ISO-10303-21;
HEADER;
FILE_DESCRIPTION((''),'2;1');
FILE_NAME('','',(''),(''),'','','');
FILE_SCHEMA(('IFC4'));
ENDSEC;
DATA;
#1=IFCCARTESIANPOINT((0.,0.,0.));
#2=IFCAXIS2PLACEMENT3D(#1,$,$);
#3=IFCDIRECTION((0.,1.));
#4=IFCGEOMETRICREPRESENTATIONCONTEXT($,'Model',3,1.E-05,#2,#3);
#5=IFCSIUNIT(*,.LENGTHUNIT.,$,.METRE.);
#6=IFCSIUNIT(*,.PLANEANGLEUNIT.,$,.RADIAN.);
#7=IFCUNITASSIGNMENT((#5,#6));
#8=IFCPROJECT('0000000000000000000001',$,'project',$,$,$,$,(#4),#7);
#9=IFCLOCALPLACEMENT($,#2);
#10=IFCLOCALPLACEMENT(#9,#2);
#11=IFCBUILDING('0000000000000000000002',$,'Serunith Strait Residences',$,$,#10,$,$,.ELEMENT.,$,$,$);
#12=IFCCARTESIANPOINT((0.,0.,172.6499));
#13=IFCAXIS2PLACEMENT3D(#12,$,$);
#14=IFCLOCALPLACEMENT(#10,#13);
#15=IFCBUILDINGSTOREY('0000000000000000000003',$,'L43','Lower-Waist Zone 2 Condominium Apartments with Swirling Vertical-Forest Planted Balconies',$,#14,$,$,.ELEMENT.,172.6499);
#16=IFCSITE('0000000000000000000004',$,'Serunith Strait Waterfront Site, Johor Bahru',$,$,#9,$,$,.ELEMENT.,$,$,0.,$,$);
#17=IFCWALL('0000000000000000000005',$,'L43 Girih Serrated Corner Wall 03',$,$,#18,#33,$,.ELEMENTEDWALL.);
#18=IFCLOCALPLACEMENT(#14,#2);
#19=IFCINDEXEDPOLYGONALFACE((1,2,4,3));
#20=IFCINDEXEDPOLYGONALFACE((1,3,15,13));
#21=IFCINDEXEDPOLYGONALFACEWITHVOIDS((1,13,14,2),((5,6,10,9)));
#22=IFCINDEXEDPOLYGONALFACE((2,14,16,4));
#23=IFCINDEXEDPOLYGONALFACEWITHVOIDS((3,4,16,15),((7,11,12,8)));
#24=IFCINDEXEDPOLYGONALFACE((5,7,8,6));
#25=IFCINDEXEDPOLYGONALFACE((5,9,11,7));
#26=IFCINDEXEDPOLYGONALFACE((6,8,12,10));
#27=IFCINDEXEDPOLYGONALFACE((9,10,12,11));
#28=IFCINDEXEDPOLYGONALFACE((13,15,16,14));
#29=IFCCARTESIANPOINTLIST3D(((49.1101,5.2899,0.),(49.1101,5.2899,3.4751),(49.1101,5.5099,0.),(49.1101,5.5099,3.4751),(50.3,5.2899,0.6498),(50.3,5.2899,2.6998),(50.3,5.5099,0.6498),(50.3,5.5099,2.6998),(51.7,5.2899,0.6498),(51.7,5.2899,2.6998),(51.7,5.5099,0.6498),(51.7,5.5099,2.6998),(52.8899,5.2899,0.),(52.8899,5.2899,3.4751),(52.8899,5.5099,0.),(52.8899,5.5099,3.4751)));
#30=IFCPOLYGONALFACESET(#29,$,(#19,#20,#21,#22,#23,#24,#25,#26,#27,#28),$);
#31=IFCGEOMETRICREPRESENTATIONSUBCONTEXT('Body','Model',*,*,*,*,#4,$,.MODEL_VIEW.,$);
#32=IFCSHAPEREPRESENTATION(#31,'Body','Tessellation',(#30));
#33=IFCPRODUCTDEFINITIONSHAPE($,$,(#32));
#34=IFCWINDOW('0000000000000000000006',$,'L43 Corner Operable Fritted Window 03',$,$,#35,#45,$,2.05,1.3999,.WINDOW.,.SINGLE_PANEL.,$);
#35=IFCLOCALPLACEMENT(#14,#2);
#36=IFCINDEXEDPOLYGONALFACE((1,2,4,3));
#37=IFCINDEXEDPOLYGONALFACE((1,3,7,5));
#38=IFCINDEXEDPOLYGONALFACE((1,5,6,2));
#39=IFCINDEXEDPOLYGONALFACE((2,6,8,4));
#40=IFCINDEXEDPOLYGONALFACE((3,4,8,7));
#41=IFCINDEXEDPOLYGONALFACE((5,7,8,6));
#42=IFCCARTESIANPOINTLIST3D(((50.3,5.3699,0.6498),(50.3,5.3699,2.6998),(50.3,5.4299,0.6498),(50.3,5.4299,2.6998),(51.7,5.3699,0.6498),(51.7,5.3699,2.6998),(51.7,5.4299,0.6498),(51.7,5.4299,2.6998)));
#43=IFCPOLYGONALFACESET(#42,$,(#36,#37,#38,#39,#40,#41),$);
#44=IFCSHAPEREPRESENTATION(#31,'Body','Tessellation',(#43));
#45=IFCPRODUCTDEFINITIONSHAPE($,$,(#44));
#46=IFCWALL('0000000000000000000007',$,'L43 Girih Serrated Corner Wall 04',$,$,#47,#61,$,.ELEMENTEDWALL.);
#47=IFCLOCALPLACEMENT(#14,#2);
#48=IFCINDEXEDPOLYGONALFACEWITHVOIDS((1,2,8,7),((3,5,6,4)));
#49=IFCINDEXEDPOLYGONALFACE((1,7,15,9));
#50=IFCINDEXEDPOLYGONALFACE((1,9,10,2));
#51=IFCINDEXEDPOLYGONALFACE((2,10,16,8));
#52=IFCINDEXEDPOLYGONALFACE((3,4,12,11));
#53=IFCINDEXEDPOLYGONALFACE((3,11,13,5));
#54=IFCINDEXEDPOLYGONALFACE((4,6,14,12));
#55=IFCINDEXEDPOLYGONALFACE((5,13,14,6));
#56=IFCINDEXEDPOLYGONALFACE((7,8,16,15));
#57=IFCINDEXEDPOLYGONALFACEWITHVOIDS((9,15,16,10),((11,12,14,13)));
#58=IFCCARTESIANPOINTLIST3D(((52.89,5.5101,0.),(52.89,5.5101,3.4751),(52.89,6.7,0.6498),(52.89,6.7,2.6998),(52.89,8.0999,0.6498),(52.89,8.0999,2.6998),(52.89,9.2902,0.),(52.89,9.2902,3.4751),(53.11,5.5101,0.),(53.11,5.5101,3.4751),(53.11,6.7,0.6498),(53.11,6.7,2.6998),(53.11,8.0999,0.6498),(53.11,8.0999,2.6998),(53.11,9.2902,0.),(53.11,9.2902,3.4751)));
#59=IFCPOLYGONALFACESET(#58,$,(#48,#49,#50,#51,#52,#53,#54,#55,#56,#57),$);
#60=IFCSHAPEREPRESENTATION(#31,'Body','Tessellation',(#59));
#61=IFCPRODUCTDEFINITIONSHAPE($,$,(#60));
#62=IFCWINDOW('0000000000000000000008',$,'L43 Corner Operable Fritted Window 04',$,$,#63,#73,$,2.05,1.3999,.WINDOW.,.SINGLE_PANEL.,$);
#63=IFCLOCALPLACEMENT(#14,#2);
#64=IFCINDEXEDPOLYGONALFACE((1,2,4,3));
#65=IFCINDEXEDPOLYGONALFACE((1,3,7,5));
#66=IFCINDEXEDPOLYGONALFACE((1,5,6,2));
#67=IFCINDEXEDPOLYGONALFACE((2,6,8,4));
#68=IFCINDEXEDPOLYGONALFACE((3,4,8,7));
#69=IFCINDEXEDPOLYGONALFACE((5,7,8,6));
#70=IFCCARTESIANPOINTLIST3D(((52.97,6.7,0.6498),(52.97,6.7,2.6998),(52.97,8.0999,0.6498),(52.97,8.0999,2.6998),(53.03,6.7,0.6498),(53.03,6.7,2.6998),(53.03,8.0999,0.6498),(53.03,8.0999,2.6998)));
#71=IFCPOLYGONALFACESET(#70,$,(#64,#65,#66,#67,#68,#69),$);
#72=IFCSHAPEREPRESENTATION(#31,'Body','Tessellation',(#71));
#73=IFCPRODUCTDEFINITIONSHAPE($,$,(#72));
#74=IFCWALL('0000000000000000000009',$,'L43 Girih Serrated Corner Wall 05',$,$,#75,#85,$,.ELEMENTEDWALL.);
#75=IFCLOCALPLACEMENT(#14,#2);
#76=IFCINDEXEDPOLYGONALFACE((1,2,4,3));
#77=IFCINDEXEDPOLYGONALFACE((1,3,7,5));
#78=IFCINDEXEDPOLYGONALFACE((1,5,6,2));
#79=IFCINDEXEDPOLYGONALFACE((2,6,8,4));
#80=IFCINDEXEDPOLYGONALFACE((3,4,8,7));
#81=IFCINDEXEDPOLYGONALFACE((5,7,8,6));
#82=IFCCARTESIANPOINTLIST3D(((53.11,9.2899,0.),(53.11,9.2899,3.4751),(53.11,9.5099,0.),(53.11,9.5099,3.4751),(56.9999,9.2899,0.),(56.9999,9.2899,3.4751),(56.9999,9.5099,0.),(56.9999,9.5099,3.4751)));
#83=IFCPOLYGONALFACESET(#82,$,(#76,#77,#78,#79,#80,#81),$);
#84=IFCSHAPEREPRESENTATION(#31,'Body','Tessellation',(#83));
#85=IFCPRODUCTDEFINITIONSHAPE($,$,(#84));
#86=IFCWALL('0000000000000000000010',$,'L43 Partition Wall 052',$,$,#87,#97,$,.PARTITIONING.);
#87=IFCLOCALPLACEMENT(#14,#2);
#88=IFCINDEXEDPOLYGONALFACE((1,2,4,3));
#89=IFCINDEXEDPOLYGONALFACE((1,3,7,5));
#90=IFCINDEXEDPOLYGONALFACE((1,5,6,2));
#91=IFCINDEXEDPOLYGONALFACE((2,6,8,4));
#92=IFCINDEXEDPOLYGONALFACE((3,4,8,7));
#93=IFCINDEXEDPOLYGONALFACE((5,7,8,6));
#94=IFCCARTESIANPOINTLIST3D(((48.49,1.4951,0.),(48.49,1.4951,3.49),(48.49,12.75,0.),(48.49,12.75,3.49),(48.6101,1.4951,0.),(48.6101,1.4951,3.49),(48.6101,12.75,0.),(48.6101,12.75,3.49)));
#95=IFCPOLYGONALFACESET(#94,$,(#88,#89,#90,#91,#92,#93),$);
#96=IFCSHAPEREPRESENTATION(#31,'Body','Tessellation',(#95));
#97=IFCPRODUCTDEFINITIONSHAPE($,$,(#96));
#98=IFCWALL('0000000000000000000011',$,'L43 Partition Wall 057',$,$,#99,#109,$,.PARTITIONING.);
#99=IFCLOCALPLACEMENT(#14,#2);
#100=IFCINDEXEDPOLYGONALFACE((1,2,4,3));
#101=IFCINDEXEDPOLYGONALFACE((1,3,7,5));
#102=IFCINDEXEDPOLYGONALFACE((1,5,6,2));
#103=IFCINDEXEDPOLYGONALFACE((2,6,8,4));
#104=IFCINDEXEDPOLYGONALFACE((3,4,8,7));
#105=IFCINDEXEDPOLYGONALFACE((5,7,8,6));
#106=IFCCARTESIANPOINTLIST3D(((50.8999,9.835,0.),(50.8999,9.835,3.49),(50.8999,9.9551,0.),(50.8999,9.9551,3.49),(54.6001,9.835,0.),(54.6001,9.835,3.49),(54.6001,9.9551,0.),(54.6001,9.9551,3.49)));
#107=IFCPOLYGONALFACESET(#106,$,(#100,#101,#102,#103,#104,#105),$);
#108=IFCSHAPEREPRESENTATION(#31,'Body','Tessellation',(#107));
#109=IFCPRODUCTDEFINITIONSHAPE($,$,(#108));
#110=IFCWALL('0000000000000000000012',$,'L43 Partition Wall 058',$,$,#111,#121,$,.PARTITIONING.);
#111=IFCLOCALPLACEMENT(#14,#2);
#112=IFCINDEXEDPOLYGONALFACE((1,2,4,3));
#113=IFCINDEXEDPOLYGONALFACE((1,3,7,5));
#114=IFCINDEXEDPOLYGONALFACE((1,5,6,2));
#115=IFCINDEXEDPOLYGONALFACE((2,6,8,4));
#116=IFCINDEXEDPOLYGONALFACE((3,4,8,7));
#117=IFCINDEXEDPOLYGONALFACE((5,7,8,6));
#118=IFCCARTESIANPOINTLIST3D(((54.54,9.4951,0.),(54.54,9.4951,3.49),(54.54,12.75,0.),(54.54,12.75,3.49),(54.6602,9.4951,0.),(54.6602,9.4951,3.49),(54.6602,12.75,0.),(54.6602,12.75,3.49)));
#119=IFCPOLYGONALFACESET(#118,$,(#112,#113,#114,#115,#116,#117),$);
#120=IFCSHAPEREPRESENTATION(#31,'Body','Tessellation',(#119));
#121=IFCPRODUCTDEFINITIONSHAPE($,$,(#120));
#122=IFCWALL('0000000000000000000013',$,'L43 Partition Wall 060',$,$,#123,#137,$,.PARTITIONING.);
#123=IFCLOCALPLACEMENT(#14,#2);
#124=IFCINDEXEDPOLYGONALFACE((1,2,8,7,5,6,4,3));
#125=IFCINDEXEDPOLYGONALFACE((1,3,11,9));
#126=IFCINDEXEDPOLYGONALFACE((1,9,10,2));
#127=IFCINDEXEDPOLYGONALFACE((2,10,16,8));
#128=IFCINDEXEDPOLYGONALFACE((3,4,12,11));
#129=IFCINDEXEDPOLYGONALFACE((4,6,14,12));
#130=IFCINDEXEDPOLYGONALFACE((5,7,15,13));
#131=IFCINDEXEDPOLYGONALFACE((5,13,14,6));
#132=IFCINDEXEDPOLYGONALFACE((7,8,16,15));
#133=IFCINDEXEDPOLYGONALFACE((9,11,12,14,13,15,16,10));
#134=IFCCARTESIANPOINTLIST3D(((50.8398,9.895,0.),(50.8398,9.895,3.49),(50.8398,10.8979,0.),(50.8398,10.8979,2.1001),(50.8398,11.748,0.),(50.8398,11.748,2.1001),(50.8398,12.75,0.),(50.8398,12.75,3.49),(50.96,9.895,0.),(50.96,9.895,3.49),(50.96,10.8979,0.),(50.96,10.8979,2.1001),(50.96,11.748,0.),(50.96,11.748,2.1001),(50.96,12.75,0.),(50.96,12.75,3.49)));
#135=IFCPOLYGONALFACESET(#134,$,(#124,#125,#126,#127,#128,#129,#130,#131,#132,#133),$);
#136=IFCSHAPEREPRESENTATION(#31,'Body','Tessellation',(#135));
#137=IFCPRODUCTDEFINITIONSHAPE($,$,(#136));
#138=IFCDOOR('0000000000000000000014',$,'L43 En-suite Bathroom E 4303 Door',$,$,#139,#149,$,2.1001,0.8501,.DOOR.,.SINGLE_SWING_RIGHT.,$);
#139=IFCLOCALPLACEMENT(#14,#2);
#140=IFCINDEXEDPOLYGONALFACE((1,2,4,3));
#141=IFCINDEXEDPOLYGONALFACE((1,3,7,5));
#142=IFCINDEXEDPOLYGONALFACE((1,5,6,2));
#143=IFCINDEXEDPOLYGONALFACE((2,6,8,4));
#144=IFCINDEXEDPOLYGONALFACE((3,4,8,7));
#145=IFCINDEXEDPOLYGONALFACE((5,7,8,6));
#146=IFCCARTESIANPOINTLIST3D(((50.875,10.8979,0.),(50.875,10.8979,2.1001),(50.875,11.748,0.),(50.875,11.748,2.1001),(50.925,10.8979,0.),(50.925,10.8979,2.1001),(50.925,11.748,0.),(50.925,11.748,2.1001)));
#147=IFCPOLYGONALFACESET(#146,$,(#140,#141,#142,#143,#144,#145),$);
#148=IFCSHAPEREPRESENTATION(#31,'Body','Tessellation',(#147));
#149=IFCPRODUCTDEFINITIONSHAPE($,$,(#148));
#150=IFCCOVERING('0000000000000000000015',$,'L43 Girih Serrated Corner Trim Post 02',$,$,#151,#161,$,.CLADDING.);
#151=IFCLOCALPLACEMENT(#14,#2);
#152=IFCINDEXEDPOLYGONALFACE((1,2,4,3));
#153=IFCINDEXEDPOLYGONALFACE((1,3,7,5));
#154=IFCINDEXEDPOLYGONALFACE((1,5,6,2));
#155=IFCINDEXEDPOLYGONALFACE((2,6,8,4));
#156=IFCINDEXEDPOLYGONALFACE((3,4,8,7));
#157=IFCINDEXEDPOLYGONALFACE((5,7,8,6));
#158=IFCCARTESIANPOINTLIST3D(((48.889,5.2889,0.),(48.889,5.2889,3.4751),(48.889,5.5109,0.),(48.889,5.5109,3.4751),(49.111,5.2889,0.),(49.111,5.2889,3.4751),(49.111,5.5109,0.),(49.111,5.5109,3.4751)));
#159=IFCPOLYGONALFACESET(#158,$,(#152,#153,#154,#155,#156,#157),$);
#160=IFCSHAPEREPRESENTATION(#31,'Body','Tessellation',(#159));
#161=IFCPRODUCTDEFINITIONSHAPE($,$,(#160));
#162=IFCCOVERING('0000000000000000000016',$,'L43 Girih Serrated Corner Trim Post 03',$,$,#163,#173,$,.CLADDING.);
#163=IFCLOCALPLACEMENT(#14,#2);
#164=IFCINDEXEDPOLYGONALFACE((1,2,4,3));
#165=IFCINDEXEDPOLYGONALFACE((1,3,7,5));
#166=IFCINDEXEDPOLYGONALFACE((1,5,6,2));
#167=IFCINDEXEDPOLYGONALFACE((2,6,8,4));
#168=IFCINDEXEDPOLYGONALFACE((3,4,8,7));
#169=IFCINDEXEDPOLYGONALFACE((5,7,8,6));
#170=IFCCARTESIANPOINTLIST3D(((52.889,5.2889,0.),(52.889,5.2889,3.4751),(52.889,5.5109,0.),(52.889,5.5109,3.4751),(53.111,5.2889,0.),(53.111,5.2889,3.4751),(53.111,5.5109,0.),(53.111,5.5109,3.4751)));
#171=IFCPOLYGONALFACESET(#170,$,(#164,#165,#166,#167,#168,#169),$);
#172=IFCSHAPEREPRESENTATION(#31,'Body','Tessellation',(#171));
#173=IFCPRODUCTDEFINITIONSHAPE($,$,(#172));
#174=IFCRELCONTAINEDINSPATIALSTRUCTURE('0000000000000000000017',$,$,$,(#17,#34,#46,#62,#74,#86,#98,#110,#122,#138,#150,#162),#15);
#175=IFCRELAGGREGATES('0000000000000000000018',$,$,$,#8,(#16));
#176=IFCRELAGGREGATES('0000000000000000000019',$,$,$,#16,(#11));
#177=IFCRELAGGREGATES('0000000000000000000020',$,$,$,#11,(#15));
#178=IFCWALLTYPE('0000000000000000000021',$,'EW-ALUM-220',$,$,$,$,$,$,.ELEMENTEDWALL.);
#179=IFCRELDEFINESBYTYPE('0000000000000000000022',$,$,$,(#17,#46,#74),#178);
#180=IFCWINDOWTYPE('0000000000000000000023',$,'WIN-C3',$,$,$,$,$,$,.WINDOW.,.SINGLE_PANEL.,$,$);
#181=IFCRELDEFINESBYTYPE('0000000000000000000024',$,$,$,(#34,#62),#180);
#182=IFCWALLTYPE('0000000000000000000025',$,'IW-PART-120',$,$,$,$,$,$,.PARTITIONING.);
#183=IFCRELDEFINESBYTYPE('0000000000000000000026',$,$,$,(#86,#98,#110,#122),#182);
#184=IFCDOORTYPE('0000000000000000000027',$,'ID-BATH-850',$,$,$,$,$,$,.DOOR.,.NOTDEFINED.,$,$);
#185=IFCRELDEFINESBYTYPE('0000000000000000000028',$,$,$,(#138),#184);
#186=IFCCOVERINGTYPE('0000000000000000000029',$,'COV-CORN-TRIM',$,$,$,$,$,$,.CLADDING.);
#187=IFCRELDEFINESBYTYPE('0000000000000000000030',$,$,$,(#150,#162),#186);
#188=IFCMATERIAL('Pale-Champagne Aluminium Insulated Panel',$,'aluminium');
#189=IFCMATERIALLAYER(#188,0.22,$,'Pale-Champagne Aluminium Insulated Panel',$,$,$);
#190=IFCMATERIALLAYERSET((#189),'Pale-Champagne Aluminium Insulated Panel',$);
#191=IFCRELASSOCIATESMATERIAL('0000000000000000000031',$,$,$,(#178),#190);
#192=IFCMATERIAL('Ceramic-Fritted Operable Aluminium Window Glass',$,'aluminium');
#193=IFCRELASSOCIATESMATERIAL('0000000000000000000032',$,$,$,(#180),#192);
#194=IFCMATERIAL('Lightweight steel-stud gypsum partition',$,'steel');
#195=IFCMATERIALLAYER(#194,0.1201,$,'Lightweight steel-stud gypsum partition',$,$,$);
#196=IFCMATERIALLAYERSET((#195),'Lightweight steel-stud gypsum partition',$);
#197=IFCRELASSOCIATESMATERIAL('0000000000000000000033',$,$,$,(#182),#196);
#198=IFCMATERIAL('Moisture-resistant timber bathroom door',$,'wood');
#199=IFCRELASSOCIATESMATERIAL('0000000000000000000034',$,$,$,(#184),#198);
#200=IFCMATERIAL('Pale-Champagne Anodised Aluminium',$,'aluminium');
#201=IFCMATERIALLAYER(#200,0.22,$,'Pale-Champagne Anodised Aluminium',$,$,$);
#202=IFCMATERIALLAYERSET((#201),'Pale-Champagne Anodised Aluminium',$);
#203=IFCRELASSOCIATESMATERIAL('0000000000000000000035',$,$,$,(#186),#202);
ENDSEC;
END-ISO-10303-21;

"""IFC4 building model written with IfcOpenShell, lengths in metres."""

from ifc_helpers import new_model, si_unit, direction, frame, frame_2d, origin, origin_2d, place, context, subcontext, project, spatial, rectangle, extrude, source, transform, mapped, material, layer, layer_set, type_object, element, fill, save


model = new_model("IFC4")

# Units and contexts
model_context = context("Model", 3, precision=1e-05, world=origin(), true_north=direction((0.0, 1.0)))
body_context = subcontext(model_context, "Body", "Model", "MODEL_VIEW")
ifc_project = project(units=[si_unit("LENGTHUNIT", "METRE"), si_unit("PLANEANGLEUNIT", "RADIAN")], contexts=[model_context])

# Site, building, storey
site_placement = place(None, origin())
site = spatial("IfcSite", under=ifc_project, at=site_placement, Name="Serunith Strait Waterfront Site, Johor Bahru", CompositionType="ELEMENT", RefElevation=0.0)
building_placement = place(site_placement, origin())
building = spatial("IfcBuilding", under=site, at=building_placement, Name="Serunith Strait Residences", CompositionType="ELEMENT")
storey_placement = place(building_placement, frame((0.0, 0.0, 172.6499)))
storey = spatial("IfcBuildingStorey", under=building, at=storey_placement, Name="L43", Description="Lower-Waist Zone 2 Condominium Apartments with Swirling Vertical-Forest Planted Balconies", CompositionType="ELEMENT", Elevation=172.6499)

# Shared definitions
ifc_material_1 = material(Name="Pale-Champagne Anodised Aluminium", Category="aluminium")

# Walls, openings, windows
ifc_material_2 = material(Name="Pale-Champagne Aluminium Insulated Panel", Category="aluminium")
ifc_layer_1 = layer(ifc_material_2, 0.22, Name="Pale-Champagne Aluminium Insulated Panel")
ifc_layer_set_1 = layer_set([ifc_layer_1], Name="Pale-Champagne Aluminium Insulated Panel")
wall_type_1 = type_object("IfcWallType", Name="EW-ALUM-220", PredefinedType="ELEMENTEDWALL", material=ifc_layer_set_1)
ifc_material_3 = material(Name="Ceramic-Fritted Operable Aluminium Window Glass", Category="aluminium")
window_type = type_object("IfcWindowType", Name="WIN-C3", PartitioningType="SINGLE_PANEL", PredefinedType="WINDOW", material=ifc_material_3)
shared_shape_1 = source(origin(), body_context, "Body", "SweptSolid", [
    extrude(rectangle(XDim=1.3999, YDim=2.05, at=frame_2d((0.7, 1.0249))), frame((0.0, 0.03, 0.0), z_axis=(0.0, -1.0, 0.0), x_axis=(1.0, 0.0, 0.0)), (0.0, 0.0, 1.0), 0.0601),
])
wall_1_placement = place(storey_placement, frame((49.1101, 5.3999, 0.0), z_axis=(0.0, 0.0, 1.0), x_axis=(1.0, 0.0, 0.0)))
wall_1 = element("IfcWall", 1, at=wall_1_placement, inside=storey, type_object=wall_type_1, Name="L43 Girih Serrated Corner Wall 03", PredefinedType="ELEMENTEDWALL", context=body_context, shape_type="SweptSolid", body=[
    extrude(rectangle(XDim=3.7798, YDim=0.22, at=frame_2d((1.8899, 0.0))), origin(), (0.0, 0.0, 1.0), 3.4751),
])
opening_1_placement = place(wall_1_placement, frame((1.1899, 0.0, 0.6499)))
opening_1 = element("IfcOpeningElement", 2, at=opening_1_placement, cuts=wall_1, PredefinedType="OPENING", context=body_context, shape_type="SweptSolid", body=[
    extrude(rectangle(XDim=1.3999, YDim=2.05, at=frame_2d((0.7, 1.0249))), frame((0.0, 0.1201, 0.0), z_axis=(0.0, -1.0, 0.0), x_axis=(1.0, 0.0, 0.0)), (0.0, 0.0, 1.0), 0.24),
])
window_1_placement = place(opening_1_placement, origin())
window_1 = element("IfcWindow", 3, at=window_1_placement, inside=storey, type_object=window_type, Name="L43 Corner Operable Fritted Window 03", OverallHeight=2.05, OverallWidth=1.3999, PartitioningType="SINGLE_PANEL", PredefinedType="WINDOW", context=body_context, shape_type="MappedRepresentation", body=[
    mapped(shared_shape_1, transform((0.0, 0.0, 0.0), scale=1.0)),
])
fill(opening_1, window_1)
wall_2_placement = place(storey_placement, frame((53.0, 5.51, 0.0), z_axis=(0.0, 0.0, 1.0), x_axis=(0.0, 1.0, 0.0)))
wall_2 = element("IfcWall", 4, at=wall_2_placement, inside=storey, type_object=wall_type_1, Name="L43 Girih Serrated Corner Wall 04", PredefinedType="ELEMENTEDWALL", context=body_context, shape_type="SweptSolid", body=[
    extrude(rectangle(XDim=3.78, YDim=0.22, at=frame_2d((1.8901, 0.0))), origin(), (0.0, 0.0, 1.0), 3.4751),
])
opening_2_placement = place(wall_2_placement, frame((1.1899, 0.0, 0.6499)))
opening_2 = element("IfcOpeningElement", 5, at=opening_2_placement, cuts=wall_2, PredefinedType="OPENING", context=body_context, shape_type="SweptSolid", body=[
    extrude(rectangle(XDim=1.3999, YDim=2.05, at=frame_2d((0.7, 1.0249))), frame((0.0, 0.1201, 0.0), z_axis=(0.0, -1.0, 0.0), x_axis=(1.0, 0.0, 0.0)), (0.0, 0.0, 1.0), 0.24),
])
window_2_placement = place(opening_2_placement, origin())
window_2 = element("IfcWindow", 6, at=window_2_placement, inside=storey, type_object=window_type, Name="L43 Corner Operable Fritted Window 04", OverallHeight=2.05, OverallWidth=1.3999, PartitioningType="SINGLE_PANEL", PredefinedType="WINDOW", context=body_context, shape_type="MappedRepresentation", body=[
    mapped(shared_shape_1, transform((0.0, 0.0, 0.0), scale=1.0)),
])
fill(opening_2, window_2)

# Walls
wall_3_placement = place(storey_placement, frame((53.1101, 9.3999, 0.0), z_axis=(0.0, 0.0, 1.0), x_axis=(1.0, 0.0, 0.0)))
element("IfcWall", 7, at=wall_3_placement, inside=storey, type_object=wall_type_1, Name="L43 Girih Serrated Corner Wall 05", PredefinedType="ELEMENTEDWALL", context=body_context, shape_type="SweptSolid", body=[
    extrude(rectangle(XDim=3.8899, YDim=0.22, at=frame_2d((1.9448, 0.0))), origin(), (0.0, 0.0, 1.0), 3.4751),
])
ifc_material_4 = material(Name="Lightweight steel-stud gypsum partition", Category="steel")
ifc_layer_2 = layer(ifc_material_4, 0.1201, Name="Lightweight steel-stud gypsum partition")
ifc_layer_set_2 = layer_set([ifc_layer_2], Name="Lightweight steel-stud gypsum partition")
wall_type_2 = type_object("IfcWallType", Name="IW-PART-120", PredefinedType="PARTITIONING", material=ifc_layer_set_2)
wall_4_placement = place(storey_placement, frame((48.55, 1.4951, 0.0), z_axis=(0.0, 0.0, 1.0), x_axis=(0.0, 1.0, 0.0)))
element("IfcWall", 8, at=wall_4_placement, inside=storey, type_object=wall_type_2, Name="L43 Partition Wall 052", PredefinedType="PARTITIONING", context=body_context, shape_type="SweptSolid", body=[
    extrude(rectangle(XDim=11.2549, YDim=0.1201, at=frame_2d((5.6274, 0.0))), origin(), (0.0, 0.0, 1.0), 3.49),
])
wall_5_placement = place(storey_placement, frame((50.8999, 9.895, 0.0), z_axis=(0.0, 0.0, 1.0), x_axis=(1.0, 0.0, 0.0)))
element("IfcWall", 9, at=wall_5_placement, inside=storey, type_object=wall_type_2, Name="L43 Partition Wall 057", PredefinedType="PARTITIONING", context=body_context, shape_type="SweptSolid", body=[
    extrude(rectangle(XDim=3.7002, YDim=0.1201, at=frame_2d((1.8501, 0.0))), origin(), (0.0, 0.0, 1.0), 3.49),
])
wall_6_placement = place(storey_placement, frame((54.6001, 9.4951, 0.0), z_axis=(0.0, 0.0, 1.0), x_axis=(0.0, 1.0, 0.0)))
element("IfcWall", 10, at=wall_6_placement, inside=storey, type_object=wall_type_2, Name="L43 Partition Wall 058", PredefinedType="PARTITIONING", context=body_context, shape_type="SweptSolid", body=[
    extrude(rectangle(XDim=3.2549, YDim=0.1201, at=frame_2d((1.6274, 0.0))), origin(), (0.0, 0.0, 1.0), 3.49),
])

# Wall, opening, door
wall_7_placement = place(storey_placement, frame((50.8999, 9.895, 0.0), z_axis=(0.0, 0.0, 1.0), x_axis=(0.0, 1.0, 0.0)))
wall_7 = element("IfcWall", 11, at=wall_7_placement, inside=storey, type_object=wall_type_2, Name="L43 Partition Wall 060", PredefinedType="PARTITIONING", context=body_context, shape_type="SweptSolid", body=[
    extrude(rectangle(XDim=2.855, YDim=0.1201, at=frame_2d((1.4275, 0.0))), origin(), (0.0, 0.0, 1.0), 3.49),
])
opening_3_placement = place(wall_7_placement, frame((1.0029, 0.0, 0.0)))
opening_3 = element("IfcOpeningElement", 12, at=opening_3_placement, cuts=wall_7, PredefinedType="OPENING", context=body_context, shape_type="SweptSolid", body=[
    extrude(rectangle(XDim=0.8501, YDim=2.1001, at=frame_2d((0.425, 1.05))), frame((0.0, 0.0701, 0.0), z_axis=(0.0, -1.0, 0.0), x_axis=(1.0, 0.0, 0.0)), (0.0, 0.0, 1.0), 0.1401),
])
ifc_material_5 = material(Name="Moisture-resistant timber bathroom door", Category="wood")
door_type = type_object("IfcDoorType", Name="ID-BATH-850", OperationType="NOTDEFINED", PredefinedType="DOOR", material=ifc_material_5)
shared_shape_2 = source(origin(), body_context, "Body", "SweptSolid", [
    extrude(rectangle(XDim=0.8501, YDim=2.1001, at=frame_2d((0.425, 1.05))), frame((0.0, 0.0249, 0.0), z_axis=(0.0, -1.0, 0.0), x_axis=(1.0, 0.0, 0.0)), (0.0, 0.0, 1.0), 0.05),
])
door_placement = place(opening_3_placement, origin())
door = element("IfcDoor", 13, at=door_placement, inside=storey, type_object=door_type, Name="L43 En-suite Bathroom E 4303 Door", OperationType="SINGLE_SWING_RIGHT", OverallHeight=2.1001, OverallWidth=0.8501, PredefinedType="DOOR", context=body_context, shape_type="MappedRepresentation", body=[
    mapped(shared_shape_2, transform((0.0, 0.0, 0.0), scale=1.0)),
])
fill(opening_3, door)

# Coverings
ifc_layer_3 = layer(ifc_material_1, 0.22, Name="Pale-Champagne Anodised Aluminium")
ifc_layer_set_3 = layer_set([ifc_layer_3], Name="Pale-Champagne Anodised Aluminium")
covering_type = type_object("IfcCoveringType", Name="COV-CORN-TRIM", PredefinedType="CLADDING", material=ifc_layer_set_3)
shared_shape_3 = source(origin(), body_context, "Body", "SweptSolid", [
    extrude(rectangle(XDim=0.2219, YDim=0.2219, at=origin_2d()), origin(), (0.0, 0.0, 1.0), 3.4751),
])
for number, where, z_axis, x_axis, name in (
    (14, (49.0, 5.3999, 0.0), (0.0, 0.0, 1.0), (1.0, 0.0, 0.0), "L43 Girih Serrated Corner Trim Post 02"),
    (15, (53.0, 5.3999, 0.0), (0.0, 0.0, 1.0), (1.0, 0.0, 0.0), "L43 Girih Serrated Corner Trim Post 03"),
):
    element("IfcCovering", number, at=place(storey_placement, frame(where, z_axis=z_axis, x_axis=x_axis)), inside=storey, type_object=covering_type, Name=name, PredefinedType="CLADDING", context=body_context, shape_type="MappedRepresentation", body=[
        mapped(shared_shape_3, transform((0.0, 0.0, 0.0), scale=1.0)),
    ])

save(model, "model.ifc")
